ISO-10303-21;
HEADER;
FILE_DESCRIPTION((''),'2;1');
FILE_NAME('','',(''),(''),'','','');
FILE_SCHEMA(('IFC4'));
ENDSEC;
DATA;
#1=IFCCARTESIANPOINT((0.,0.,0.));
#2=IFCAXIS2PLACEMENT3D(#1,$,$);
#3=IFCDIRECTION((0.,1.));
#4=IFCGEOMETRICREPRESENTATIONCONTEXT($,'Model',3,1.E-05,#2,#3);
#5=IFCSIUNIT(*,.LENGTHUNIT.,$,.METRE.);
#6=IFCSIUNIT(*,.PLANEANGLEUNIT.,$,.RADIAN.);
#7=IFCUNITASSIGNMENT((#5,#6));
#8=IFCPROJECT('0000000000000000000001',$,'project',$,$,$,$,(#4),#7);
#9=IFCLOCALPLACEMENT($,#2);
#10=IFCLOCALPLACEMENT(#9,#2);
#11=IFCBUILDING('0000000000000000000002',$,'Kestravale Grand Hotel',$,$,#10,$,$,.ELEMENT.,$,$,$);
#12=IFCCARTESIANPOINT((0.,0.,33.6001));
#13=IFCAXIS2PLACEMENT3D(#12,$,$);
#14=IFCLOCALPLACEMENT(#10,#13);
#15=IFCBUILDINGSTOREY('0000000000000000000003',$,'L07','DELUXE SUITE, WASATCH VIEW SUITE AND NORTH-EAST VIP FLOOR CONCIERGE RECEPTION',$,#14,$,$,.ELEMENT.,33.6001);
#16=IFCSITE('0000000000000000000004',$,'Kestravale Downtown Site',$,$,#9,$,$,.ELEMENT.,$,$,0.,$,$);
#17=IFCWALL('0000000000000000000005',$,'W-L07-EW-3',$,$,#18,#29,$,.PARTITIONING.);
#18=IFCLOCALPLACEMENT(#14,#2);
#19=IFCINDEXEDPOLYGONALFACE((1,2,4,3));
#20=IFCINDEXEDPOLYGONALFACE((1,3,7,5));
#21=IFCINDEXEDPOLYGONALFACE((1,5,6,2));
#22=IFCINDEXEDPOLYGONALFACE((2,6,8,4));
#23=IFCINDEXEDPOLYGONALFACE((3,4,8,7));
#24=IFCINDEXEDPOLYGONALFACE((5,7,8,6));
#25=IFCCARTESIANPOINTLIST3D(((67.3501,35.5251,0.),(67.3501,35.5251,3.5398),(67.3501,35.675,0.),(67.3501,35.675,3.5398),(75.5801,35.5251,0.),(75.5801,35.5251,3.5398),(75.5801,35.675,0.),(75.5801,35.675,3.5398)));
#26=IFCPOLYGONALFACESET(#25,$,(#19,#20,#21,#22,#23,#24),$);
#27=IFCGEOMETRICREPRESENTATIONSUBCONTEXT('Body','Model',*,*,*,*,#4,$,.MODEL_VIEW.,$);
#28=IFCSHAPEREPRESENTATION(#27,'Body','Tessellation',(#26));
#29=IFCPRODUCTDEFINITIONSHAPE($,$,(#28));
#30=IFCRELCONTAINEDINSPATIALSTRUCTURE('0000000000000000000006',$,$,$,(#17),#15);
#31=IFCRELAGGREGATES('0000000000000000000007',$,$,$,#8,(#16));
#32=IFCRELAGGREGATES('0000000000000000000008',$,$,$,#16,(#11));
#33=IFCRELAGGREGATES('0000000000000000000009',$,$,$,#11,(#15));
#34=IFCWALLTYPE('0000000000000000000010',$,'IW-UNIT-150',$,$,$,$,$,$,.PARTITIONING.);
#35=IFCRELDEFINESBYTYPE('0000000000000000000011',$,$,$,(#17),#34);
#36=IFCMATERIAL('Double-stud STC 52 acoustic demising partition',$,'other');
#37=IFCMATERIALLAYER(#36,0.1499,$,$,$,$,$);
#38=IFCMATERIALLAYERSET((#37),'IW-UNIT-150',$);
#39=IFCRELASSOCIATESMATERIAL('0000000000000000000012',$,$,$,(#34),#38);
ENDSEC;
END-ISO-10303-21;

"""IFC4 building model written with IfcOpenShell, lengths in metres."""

from ifc_helpers import new_model, si_unit, direction, frame, frame_2d, origin, place, context, subcontext, project, spatial, rectangle, extrude, material, layer, layer_set, type_object, element, save


model = new_model("IFC4")

# Units and contexts
model_context = context("Model", 3, precision=1e-05, world=origin(), true_north=direction((0.0, 1.0)))
body_context = subcontext(model_context, "Body", "Model", "MODEL_VIEW")
ifc_project = project(units=[si_unit("LENGTHUNIT", "METRE"), si_unit("PLANEANGLEUNIT", "RADIAN")], contexts=[model_context])

# Site, building, storey
site_placement = place(None, origin())
site = spatial("IfcSite", under=ifc_project, at=site_placement, Name="Kestravale Downtown Site", CompositionType="ELEMENT", RefElevation=0.0)
building_placement = place(site_placement, origin())
building = spatial("IfcBuilding", under=site, at=building_placement, Name="Kestravale Grand Hotel", CompositionType="ELEMENT")
storey_placement = place(building_placement, frame((0.0, 0.0, 33.6001)))
storey = spatial("IfcBuildingStorey", under=building, at=storey_placement, Name="L07", Description="DELUXE SUITE, WASATCH VIEW SUITE AND NORTH-EAST VIP FLOOR CONCIERGE RECEPTION", CompositionType="ELEMENT", Elevation=33.6001)

# Wall
ifc_material_1 = material(Name="Double-stud STC 52 acoustic demising partition", Category="other")
ifc_layer_1 = layer(ifc_material_1, 0.1499)
ifc_layer_set_1 = layer_set([ifc_layer_1], Name="IW-UNIT-150")
wall_type_1 = type_object("IfcWallType", Name="IW-UNIT-150", PredefinedType="PARTITIONING", material=ifc_layer_set_1)
wall_1_placement = place(storey_placement, frame((67.3501, 35.6001, 0.0), z_axis=(0.0, 0.0, 1.0), x_axis=(1.0, 0.0, 0.0)))
element("IfcWall", 1, at=wall_1_placement, inside=storey, type_object=wall_type_1, Name="W-L07-EW-3", PredefinedType="PARTITIONING", context=body_context, shape_type="SweptSolid", body=[
    extrude(rectangle(XDim=8.23, YDim=0.1499, at=frame_2d((4.115, 0.0))), origin(), (0.0, 0.0, 1.0), 3.5398),
])

save(model, "model.ifc")
